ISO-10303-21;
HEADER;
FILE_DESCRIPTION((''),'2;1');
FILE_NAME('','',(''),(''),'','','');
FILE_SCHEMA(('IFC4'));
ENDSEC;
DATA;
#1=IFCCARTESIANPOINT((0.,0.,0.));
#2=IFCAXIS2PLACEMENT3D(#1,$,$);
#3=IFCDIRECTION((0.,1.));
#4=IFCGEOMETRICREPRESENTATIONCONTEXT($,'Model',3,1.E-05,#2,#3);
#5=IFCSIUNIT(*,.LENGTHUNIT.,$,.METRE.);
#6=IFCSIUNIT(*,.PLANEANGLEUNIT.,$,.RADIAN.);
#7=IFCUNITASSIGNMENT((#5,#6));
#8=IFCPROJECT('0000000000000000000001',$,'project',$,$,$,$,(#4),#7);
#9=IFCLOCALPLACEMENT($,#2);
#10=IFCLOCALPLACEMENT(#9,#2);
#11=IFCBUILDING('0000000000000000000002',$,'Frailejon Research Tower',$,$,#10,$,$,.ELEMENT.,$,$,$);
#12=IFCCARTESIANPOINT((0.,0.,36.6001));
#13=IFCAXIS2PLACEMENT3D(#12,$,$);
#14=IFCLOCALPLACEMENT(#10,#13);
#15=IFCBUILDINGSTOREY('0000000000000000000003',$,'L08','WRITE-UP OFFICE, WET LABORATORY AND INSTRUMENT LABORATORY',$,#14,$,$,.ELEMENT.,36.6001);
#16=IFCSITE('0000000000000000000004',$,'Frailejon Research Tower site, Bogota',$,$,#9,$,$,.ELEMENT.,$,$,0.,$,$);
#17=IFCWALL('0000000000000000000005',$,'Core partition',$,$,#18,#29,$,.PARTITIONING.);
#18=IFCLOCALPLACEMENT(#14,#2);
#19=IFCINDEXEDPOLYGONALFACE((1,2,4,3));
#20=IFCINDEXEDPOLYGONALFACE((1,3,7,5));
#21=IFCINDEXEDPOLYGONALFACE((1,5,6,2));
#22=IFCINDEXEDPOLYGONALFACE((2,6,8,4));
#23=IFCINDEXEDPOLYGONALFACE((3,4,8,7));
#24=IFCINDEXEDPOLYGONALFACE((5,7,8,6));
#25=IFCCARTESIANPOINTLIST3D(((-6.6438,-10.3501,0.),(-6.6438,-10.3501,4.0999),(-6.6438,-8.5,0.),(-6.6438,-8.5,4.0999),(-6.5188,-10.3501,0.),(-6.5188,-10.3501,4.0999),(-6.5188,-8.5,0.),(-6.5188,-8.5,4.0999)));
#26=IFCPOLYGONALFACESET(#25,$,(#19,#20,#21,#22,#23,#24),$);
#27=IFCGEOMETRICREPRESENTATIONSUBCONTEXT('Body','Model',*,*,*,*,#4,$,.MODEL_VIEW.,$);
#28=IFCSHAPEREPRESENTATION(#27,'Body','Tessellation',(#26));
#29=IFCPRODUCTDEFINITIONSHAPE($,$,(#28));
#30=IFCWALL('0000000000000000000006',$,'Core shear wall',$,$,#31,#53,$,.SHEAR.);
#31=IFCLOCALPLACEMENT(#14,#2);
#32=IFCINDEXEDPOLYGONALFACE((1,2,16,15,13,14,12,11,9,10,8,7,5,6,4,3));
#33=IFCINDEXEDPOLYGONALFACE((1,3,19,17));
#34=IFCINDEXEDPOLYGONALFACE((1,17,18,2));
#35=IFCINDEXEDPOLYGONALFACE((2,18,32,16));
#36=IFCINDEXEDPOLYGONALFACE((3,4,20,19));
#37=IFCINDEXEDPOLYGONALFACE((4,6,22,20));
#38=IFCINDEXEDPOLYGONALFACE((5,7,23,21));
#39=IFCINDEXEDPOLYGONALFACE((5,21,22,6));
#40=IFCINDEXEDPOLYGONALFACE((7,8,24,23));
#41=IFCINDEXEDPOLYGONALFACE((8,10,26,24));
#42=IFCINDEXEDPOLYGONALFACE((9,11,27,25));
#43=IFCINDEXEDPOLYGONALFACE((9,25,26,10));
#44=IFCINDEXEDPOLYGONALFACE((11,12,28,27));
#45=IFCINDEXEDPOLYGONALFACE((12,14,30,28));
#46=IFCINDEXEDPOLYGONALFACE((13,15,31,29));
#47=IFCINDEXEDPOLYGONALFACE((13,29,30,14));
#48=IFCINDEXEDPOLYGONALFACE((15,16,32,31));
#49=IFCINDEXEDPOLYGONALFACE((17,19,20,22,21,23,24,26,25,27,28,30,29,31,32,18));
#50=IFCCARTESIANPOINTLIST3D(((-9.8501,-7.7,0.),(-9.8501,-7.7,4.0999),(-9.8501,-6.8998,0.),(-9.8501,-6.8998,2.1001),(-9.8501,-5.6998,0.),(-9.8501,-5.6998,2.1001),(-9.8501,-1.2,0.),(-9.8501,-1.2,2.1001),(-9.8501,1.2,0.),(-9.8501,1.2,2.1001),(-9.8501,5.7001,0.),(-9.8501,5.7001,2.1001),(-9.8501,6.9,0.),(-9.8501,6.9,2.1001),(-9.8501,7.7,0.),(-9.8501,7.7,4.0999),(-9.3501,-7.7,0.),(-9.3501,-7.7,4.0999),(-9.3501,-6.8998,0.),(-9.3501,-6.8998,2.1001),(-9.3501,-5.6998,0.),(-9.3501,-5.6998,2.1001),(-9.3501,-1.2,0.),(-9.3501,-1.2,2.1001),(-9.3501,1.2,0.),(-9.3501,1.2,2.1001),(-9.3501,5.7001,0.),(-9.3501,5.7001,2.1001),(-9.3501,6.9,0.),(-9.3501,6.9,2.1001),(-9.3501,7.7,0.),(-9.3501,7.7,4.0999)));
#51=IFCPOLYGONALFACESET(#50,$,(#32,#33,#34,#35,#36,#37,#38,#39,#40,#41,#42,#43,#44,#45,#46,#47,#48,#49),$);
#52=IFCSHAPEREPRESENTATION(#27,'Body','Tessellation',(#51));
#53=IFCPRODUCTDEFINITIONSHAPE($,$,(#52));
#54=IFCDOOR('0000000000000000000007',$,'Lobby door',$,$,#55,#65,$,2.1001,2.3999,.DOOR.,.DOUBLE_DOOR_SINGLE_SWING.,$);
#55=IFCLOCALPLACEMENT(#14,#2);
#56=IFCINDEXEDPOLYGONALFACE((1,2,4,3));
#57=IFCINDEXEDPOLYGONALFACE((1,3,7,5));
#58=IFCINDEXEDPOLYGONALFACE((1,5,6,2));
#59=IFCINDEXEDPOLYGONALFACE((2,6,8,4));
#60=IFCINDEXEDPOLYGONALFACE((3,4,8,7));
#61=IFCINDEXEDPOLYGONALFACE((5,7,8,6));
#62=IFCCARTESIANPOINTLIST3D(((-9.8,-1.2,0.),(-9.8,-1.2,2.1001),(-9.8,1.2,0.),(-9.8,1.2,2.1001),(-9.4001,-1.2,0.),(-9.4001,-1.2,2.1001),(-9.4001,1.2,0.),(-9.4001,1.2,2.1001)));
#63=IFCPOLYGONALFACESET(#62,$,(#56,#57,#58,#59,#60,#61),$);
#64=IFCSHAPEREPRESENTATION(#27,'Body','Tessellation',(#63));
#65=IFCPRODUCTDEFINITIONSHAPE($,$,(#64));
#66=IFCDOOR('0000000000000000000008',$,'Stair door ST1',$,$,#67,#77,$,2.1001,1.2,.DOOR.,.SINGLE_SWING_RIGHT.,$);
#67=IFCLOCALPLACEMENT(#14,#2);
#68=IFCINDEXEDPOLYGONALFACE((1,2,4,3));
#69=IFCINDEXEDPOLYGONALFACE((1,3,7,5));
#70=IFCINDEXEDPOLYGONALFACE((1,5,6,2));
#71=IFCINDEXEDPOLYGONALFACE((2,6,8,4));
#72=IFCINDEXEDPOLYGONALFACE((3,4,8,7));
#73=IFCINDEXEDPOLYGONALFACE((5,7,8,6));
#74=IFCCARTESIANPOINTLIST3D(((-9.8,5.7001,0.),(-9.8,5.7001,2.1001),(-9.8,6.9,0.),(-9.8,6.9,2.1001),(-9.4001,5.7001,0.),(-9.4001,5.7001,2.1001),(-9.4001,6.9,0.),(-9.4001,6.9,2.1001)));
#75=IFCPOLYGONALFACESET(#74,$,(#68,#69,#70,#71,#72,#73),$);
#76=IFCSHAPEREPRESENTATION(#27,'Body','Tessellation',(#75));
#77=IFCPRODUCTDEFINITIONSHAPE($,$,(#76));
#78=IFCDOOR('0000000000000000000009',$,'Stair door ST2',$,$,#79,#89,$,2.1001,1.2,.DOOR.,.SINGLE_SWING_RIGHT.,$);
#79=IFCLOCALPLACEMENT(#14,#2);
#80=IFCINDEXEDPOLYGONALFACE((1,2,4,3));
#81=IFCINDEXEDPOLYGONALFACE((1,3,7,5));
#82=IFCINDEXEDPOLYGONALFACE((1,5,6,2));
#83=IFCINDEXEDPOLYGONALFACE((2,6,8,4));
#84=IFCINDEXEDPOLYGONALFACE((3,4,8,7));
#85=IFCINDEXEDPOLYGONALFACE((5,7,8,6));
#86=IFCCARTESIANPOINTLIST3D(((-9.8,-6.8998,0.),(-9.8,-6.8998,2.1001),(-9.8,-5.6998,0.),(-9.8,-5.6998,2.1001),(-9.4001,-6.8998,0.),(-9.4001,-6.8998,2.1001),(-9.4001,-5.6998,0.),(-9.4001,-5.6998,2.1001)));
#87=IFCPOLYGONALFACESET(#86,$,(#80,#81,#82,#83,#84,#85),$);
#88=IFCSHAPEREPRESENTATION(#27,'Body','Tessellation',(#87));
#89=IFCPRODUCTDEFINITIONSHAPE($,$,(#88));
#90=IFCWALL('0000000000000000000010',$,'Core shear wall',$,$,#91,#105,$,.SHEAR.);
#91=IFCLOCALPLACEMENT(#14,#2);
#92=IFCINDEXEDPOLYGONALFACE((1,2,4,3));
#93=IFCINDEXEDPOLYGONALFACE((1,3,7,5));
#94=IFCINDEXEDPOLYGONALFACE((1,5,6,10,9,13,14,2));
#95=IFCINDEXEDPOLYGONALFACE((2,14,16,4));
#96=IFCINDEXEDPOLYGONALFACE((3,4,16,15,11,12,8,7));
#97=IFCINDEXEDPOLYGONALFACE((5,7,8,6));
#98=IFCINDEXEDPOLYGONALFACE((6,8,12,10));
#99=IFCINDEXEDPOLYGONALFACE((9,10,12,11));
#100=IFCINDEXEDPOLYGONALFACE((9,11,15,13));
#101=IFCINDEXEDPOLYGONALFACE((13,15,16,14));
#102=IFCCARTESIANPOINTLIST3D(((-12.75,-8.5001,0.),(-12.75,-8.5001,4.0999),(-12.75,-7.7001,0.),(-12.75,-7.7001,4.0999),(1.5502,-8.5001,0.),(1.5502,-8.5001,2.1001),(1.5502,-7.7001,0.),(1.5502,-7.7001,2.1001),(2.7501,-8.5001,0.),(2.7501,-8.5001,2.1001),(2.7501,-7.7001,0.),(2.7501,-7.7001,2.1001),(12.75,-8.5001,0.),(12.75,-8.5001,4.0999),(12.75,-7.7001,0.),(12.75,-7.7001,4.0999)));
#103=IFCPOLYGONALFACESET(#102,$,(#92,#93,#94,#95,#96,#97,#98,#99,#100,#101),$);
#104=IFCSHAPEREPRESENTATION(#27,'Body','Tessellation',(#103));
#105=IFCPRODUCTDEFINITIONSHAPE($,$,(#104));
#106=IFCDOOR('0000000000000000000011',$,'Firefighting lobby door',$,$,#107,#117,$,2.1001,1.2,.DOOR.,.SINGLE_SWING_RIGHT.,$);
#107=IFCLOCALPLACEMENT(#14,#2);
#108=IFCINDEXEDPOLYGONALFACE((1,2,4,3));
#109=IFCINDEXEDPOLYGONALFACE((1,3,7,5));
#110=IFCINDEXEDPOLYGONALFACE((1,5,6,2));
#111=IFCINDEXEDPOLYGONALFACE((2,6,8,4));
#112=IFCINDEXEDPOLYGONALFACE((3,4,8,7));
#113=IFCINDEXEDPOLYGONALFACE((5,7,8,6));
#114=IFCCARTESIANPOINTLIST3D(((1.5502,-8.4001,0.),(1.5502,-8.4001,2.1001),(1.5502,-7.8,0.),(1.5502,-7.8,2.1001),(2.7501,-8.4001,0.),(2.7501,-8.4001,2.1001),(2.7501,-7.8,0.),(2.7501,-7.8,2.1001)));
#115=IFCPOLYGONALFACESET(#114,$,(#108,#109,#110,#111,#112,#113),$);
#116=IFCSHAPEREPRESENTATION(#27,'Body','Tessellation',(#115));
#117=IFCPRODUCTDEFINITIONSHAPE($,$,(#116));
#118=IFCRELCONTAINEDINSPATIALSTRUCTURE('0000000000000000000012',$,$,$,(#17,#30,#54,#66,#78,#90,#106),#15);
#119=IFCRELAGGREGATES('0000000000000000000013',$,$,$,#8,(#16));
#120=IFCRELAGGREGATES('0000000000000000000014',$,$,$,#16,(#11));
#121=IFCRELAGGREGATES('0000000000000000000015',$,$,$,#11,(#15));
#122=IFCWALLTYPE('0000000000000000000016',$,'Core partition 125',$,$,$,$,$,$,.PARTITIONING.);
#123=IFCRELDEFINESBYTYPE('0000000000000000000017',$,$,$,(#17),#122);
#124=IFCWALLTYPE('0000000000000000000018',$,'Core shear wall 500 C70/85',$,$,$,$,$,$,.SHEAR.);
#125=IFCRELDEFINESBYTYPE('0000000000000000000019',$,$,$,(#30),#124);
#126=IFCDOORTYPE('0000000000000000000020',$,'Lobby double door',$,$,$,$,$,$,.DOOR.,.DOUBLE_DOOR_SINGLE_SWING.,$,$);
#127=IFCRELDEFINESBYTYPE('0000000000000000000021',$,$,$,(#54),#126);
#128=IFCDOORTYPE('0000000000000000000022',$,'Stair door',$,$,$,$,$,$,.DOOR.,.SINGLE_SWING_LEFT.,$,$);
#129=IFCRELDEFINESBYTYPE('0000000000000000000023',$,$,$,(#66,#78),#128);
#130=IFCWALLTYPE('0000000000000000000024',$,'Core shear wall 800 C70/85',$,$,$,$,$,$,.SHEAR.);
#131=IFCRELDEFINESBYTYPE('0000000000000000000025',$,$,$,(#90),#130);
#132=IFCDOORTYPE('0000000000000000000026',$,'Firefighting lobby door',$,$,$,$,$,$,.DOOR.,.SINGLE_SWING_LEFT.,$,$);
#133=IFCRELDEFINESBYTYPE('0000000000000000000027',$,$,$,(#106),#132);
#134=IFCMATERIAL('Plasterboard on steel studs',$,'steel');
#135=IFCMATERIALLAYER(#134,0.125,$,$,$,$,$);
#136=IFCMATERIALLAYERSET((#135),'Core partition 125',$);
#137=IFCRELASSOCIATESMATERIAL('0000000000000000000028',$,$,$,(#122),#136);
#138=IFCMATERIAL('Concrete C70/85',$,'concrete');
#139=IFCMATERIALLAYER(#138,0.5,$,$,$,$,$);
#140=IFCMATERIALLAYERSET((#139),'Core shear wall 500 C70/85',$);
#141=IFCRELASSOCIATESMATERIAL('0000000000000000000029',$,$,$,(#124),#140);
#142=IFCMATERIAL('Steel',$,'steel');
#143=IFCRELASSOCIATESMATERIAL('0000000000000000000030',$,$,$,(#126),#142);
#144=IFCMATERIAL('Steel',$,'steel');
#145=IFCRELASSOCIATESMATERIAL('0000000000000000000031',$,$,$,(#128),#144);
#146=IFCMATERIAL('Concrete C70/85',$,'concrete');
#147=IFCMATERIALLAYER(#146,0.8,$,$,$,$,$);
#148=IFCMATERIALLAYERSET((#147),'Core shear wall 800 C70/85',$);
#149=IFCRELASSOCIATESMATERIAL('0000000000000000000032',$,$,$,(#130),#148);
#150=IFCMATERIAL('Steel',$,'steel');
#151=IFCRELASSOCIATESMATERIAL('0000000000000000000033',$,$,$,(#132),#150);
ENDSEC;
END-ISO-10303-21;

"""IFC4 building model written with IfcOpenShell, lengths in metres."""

from ifc_helpers import new_model, si_unit, direction, frame, frame_2d, origin, place, context, subcontext, project, spatial, rectangle, extrude, material, layer, layer_set, type_object, element, fill, save


model = new_model("IFC4")

# Units and contexts
model_context = context("Model", 3, precision=1e-05, world=origin(), true_north=direction((0.0, 1.0)))
body_context = subcontext(model_context, "Body", "Model", "MODEL_VIEW")
ifc_project = project(units=[si_unit("LENGTHUNIT", "METRE"), si_unit("PLANEANGLEUNIT", "RADIAN")], contexts=[model_context])

# Site, building, storey
site_placement = place(None, origin())
site = spatial("IfcSite", under=ifc_project, at=site_placement, Name="Frailejon Research Tower site, Bogota", CompositionType="ELEMENT", RefElevation=0.0)
building_placement = place(site_placement, origin())
building = spatial("IfcBuilding", under=site, at=building_placement, Name="Frailejon Research Tower", CompositionType="ELEMENT")
storey_placement = place(building_placement, frame((0.0, 0.0, 36.6001)))
storey = spatial("IfcBuildingStorey", under=building, at=storey_placement, Name="L08", Description="WRITE-UP OFFICE, WET LABORATORY AND INSTRUMENT LABORATORY", CompositionType="ELEMENT", Elevation=36.6001)

# Wall
ifc_material_1 = material(Name="Plasterboard on steel studs", Category="steel")
ifc_layer_1 = layer(ifc_material_1, 0.125)
ifc_layer_set_1 = layer_set([ifc_layer_1], Name="Core partition 125")
wall_type_1 = type_object("IfcWallType", Name="Core partition 125", PredefinedType="PARTITIONING", material=ifc_layer_set_1)
wall_1_placement = place(storey_placement, frame((-6.5813, -10.3501, 0.0), z_axis=(0.0, 0.0, 1.0), x_axis=(0.0, 1.0, 0.0)))
element("IfcWall", 1, at=wall_1_placement, inside=storey, type_object=wall_type_1, Name="Core partition", PredefinedType="PARTITIONING", context=body_context, shape_type="SweptSolid", body=[
    extrude(rectangle(XDim=1.8501, YDim=0.125, at=frame_2d((0.925, 0.0))), origin(), (0.0, 0.0, 1.0), 4.0999),
])

# Wall, openings, doors
ifc_material_2 = material(Name="Concrete C70/85", Category="concrete")
ifc_layer_2 = layer(ifc_material_2, 0.5)
ifc_layer_set_2 = layer_set([ifc_layer_2], Name="Core shear wall 500 C70/85")
wall_type_2 = type_object("IfcWallType", Name="Core shear wall 500 C70/85", PredefinedType="SHEAR", material=ifc_layer_set_2)
wall_2_placement = place(storey_placement, frame((-9.6001, -7.7, 0.0), z_axis=(0.0, 0.0, 1.0), x_axis=(0.0, 1.0, 0.0)))
wall_2 = element("IfcWall", 2, at=wall_2_placement, inside=storey, type_object=wall_type_2, Name="Core shear wall", PredefinedType="SHEAR", context=body_context, shape_type="SweptSolid", body=[
    extrude(rectangle(XDim=15.3999, YDim=0.5, at=frame_2d((7.7, 0.0))), origin(), (0.0, 0.0, 1.0), 4.0999),
])
opening_1_placement = place(wall_2_placement, frame((6.5, 0.0, 0.0)))
opening_1 = element("IfcOpeningElement", 3, at=opening_1_placement, cuts=wall_2, PredefinedType="OPENING", context=body_context, shape_type="SweptSolid", body=[
    extrude(rectangle(XDim=2.3999, YDim=2.1001, at=frame_2d((1.2, 1.05))), frame((0.0, 0.26, 0.0), z_axis=(0.0, -1.0, 0.0), x_axis=(1.0, 0.0, 0.0)), (0.0, 0.0, 1.0), 0.52),
])
opening_2_placement = place(wall_2_placement, frame((13.3999, 0.0, 0.0)))
opening_2 = element("IfcOpeningElement", 4, at=opening_2_placement, cuts=wall_2, PredefinedType="OPENING", context=body_context, shape_type="SweptSolid", body=[
    extrude(rectangle(XDim=1.2, YDim=2.1001, at=frame_2d((0.6001, 1.05))), frame((0.0, 0.26, 0.0), z_axis=(0.0, -1.0, 0.0), x_axis=(1.0, 0.0, 0.0)), (0.0, 0.0, 1.0), 0.52),
])
opening_3_placement = place(wall_2_placement, frame((0.8, 0.0, 0.0)))
opening_3 = element("IfcOpeningElement", 5, at=opening_3_placement, cuts=wall_2, PredefinedType="OPENING", context=body_context, shape_type="SweptSolid", body=[
    extrude(rectangle(XDim=1.2, YDim=2.1001, at=frame_2d((0.6001, 1.05))), frame((0.0, 0.26, 0.0), z_axis=(0.0, -1.0, 0.0), x_axis=(1.0, 0.0, 0.0)), (0.0, 0.0, 1.0), 0.52),
])
ifc_material_3 = material(Name="Steel", Category="steel")
door_type_1 = type_object("IfcDoorType", Name="Lobby double door", OperationType="DOUBLE_DOOR_SINGLE_SWING", PredefinedType="DOOR", material=ifc_material_3)
door_1_placement = place(opening_1_placement, origin())
door_1 = element("IfcDoor", 6, at=door_1_placement, inside=storey, type_object=door_type_1, Name="Lobby door", OperationType="DOUBLE_DOOR_SINGLE_SWING", OverallHeight=2.1001, OverallWidth=2.3999, PredefinedType="DOOR", context=body_context, shape_type="SweptSolid", body=[
    extrude(rectangle(XDim=2.3999, YDim=2.1001, at=frame_2d((1.2, 1.05))), frame((0.0, 0.2, 0.0), z_axis=(0.0, -1.0, 0.0), x_axis=(1.0, 0.0, 0.0)), (0.0, 0.0, 1.0), 0.3999),
])
fill(opening_1, door_1)
ifc_material_4 = material(Name="Steel", Category="steel")
door_type_2 = type_object("IfcDoorType", Name="Stair door", OperationType="SINGLE_SWING_LEFT", PredefinedType="DOOR", material=ifc_material_4)
door_2_placement = place(opening_2_placement, origin())
door_2 = element("IfcDoor", 7, at=door_2_placement, inside=storey, type_object=door_type_2, Name="Stair door ST1", OperationType="SINGLE_SWING_RIGHT", OverallHeight=2.1001, OverallWidth=1.2, PredefinedType="DOOR", context=body_context, shape_type="SweptSolid", body=[
    extrude(rectangle(XDim=1.2, YDim=2.1001, at=frame_2d((0.6001, 1.05))), frame((0.0, 0.2, 0.0), z_axis=(0.0, -1.0, 0.0), x_axis=(1.0, 0.0, 0.0)), (0.0, 0.0, 1.0), 0.3999),
])
fill(opening_2, door_2)
door_3_placement = place(opening_3_placement, origin())
door_3 = element("IfcDoor", 8, at=door_3_placement, inside=storey, type_object=door_type_2, Name="Stair door ST2", OperationType="SINGLE_SWING_RIGHT", OverallHeight=2.1001, OverallWidth=1.2, PredefinedType="DOOR", context=body_context, shape_type="SweptSolid", body=[
    extrude(rectangle(XDim=1.2, YDim=2.1001, at=frame_2d((0.6001, 1.05))), frame((0.0, 0.2, 0.0), z_axis=(0.0, -1.0, 0.0), x_axis=(1.0, 0.0, 0.0)), (0.0, 0.0, 1.0), 0.3999),
])
fill(opening_3, door_3)

# Wall, opening, door
ifc_material_5 = material(Name="Concrete C70/85", Category="concrete")
ifc_layer_3 = layer(ifc_material_5, 0.8)
ifc_layer_set_3 = layer_set([ifc_layer_3], Name="Core shear wall 800 C70/85")
wall_type_3 = type_object("IfcWallType", Name="Core shear wall 800 C70/85", PredefinedType="SHEAR", material=ifc_layer_set_3)
wall_3_placement = place(storey_placement, frame((-12.75, -8.1001, 0.0), z_axis=(0.0, 0.0, 1.0), x_axis=(1.0, 0.0, 0.0)))
wall_3 = element("IfcWall", 9, at=wall_3_placement, inside=storey, type_object=wall_type_3, Name="Core shear wall", PredefinedType="SHEAR", context=body_context, shape_type="SweptSolid", body=[
    extrude(rectangle(XDim=25.5, YDim=0.8, at=frame_2d((12.75, 0.0))), origin(), (0.0, 0.0, 1.0), 4.0999),
])
opening_4_placement = place(wall_3_placement, frame((14.3, 0.0, 0.0)))
opening_4 = element("IfcOpeningElement", 10, at=opening_4_placement, cuts=wall_3, PredefinedType="OPENING", context=body_context, shape_type="SweptSolid", body=[
    extrude(rectangle(XDim=1.2, YDim=2.1001, at=frame_2d((0.6001, 1.05))), frame((0.0, 0.4099, 0.0), z_axis=(0.0, -1.0, 0.0), x_axis=(1.0, 0.0, 0.0)), (0.0, 0.0, 1.0), 0.8201),
])
ifc_material_6 = material(Name="Steel", Category="steel")
door_type_3 = type_object("IfcDoorType", Name="Firefighting lobby door", OperationType="SINGLE_SWING_LEFT", PredefinedType="DOOR", material=ifc_material_6)
door_4_placement = place(opening_4_placement, origin())
door_4 = element("IfcDoor", 11, at=door_4_placement, inside=storey, type_object=door_type_3, Name="Firefighting lobby door", OperationType="SINGLE_SWING_RIGHT", OverallHeight=2.1001, OverallWidth=1.2, PredefinedType="DOOR", context=body_context, shape_type="SweptSolid", body=[
    extrude(rectangle(XDim=1.2, YDim=2.1001, at=frame_2d((0.6001, 1.05))), frame((0.0, 0.3, 0.0), z_axis=(0.0, -1.0, 0.0), x_axis=(1.0, 0.0, 0.0)), (0.0, 0.0, 1.0), 0.6001),
])
fill(opening_4, door_4)

save(model, "model.ifc")
